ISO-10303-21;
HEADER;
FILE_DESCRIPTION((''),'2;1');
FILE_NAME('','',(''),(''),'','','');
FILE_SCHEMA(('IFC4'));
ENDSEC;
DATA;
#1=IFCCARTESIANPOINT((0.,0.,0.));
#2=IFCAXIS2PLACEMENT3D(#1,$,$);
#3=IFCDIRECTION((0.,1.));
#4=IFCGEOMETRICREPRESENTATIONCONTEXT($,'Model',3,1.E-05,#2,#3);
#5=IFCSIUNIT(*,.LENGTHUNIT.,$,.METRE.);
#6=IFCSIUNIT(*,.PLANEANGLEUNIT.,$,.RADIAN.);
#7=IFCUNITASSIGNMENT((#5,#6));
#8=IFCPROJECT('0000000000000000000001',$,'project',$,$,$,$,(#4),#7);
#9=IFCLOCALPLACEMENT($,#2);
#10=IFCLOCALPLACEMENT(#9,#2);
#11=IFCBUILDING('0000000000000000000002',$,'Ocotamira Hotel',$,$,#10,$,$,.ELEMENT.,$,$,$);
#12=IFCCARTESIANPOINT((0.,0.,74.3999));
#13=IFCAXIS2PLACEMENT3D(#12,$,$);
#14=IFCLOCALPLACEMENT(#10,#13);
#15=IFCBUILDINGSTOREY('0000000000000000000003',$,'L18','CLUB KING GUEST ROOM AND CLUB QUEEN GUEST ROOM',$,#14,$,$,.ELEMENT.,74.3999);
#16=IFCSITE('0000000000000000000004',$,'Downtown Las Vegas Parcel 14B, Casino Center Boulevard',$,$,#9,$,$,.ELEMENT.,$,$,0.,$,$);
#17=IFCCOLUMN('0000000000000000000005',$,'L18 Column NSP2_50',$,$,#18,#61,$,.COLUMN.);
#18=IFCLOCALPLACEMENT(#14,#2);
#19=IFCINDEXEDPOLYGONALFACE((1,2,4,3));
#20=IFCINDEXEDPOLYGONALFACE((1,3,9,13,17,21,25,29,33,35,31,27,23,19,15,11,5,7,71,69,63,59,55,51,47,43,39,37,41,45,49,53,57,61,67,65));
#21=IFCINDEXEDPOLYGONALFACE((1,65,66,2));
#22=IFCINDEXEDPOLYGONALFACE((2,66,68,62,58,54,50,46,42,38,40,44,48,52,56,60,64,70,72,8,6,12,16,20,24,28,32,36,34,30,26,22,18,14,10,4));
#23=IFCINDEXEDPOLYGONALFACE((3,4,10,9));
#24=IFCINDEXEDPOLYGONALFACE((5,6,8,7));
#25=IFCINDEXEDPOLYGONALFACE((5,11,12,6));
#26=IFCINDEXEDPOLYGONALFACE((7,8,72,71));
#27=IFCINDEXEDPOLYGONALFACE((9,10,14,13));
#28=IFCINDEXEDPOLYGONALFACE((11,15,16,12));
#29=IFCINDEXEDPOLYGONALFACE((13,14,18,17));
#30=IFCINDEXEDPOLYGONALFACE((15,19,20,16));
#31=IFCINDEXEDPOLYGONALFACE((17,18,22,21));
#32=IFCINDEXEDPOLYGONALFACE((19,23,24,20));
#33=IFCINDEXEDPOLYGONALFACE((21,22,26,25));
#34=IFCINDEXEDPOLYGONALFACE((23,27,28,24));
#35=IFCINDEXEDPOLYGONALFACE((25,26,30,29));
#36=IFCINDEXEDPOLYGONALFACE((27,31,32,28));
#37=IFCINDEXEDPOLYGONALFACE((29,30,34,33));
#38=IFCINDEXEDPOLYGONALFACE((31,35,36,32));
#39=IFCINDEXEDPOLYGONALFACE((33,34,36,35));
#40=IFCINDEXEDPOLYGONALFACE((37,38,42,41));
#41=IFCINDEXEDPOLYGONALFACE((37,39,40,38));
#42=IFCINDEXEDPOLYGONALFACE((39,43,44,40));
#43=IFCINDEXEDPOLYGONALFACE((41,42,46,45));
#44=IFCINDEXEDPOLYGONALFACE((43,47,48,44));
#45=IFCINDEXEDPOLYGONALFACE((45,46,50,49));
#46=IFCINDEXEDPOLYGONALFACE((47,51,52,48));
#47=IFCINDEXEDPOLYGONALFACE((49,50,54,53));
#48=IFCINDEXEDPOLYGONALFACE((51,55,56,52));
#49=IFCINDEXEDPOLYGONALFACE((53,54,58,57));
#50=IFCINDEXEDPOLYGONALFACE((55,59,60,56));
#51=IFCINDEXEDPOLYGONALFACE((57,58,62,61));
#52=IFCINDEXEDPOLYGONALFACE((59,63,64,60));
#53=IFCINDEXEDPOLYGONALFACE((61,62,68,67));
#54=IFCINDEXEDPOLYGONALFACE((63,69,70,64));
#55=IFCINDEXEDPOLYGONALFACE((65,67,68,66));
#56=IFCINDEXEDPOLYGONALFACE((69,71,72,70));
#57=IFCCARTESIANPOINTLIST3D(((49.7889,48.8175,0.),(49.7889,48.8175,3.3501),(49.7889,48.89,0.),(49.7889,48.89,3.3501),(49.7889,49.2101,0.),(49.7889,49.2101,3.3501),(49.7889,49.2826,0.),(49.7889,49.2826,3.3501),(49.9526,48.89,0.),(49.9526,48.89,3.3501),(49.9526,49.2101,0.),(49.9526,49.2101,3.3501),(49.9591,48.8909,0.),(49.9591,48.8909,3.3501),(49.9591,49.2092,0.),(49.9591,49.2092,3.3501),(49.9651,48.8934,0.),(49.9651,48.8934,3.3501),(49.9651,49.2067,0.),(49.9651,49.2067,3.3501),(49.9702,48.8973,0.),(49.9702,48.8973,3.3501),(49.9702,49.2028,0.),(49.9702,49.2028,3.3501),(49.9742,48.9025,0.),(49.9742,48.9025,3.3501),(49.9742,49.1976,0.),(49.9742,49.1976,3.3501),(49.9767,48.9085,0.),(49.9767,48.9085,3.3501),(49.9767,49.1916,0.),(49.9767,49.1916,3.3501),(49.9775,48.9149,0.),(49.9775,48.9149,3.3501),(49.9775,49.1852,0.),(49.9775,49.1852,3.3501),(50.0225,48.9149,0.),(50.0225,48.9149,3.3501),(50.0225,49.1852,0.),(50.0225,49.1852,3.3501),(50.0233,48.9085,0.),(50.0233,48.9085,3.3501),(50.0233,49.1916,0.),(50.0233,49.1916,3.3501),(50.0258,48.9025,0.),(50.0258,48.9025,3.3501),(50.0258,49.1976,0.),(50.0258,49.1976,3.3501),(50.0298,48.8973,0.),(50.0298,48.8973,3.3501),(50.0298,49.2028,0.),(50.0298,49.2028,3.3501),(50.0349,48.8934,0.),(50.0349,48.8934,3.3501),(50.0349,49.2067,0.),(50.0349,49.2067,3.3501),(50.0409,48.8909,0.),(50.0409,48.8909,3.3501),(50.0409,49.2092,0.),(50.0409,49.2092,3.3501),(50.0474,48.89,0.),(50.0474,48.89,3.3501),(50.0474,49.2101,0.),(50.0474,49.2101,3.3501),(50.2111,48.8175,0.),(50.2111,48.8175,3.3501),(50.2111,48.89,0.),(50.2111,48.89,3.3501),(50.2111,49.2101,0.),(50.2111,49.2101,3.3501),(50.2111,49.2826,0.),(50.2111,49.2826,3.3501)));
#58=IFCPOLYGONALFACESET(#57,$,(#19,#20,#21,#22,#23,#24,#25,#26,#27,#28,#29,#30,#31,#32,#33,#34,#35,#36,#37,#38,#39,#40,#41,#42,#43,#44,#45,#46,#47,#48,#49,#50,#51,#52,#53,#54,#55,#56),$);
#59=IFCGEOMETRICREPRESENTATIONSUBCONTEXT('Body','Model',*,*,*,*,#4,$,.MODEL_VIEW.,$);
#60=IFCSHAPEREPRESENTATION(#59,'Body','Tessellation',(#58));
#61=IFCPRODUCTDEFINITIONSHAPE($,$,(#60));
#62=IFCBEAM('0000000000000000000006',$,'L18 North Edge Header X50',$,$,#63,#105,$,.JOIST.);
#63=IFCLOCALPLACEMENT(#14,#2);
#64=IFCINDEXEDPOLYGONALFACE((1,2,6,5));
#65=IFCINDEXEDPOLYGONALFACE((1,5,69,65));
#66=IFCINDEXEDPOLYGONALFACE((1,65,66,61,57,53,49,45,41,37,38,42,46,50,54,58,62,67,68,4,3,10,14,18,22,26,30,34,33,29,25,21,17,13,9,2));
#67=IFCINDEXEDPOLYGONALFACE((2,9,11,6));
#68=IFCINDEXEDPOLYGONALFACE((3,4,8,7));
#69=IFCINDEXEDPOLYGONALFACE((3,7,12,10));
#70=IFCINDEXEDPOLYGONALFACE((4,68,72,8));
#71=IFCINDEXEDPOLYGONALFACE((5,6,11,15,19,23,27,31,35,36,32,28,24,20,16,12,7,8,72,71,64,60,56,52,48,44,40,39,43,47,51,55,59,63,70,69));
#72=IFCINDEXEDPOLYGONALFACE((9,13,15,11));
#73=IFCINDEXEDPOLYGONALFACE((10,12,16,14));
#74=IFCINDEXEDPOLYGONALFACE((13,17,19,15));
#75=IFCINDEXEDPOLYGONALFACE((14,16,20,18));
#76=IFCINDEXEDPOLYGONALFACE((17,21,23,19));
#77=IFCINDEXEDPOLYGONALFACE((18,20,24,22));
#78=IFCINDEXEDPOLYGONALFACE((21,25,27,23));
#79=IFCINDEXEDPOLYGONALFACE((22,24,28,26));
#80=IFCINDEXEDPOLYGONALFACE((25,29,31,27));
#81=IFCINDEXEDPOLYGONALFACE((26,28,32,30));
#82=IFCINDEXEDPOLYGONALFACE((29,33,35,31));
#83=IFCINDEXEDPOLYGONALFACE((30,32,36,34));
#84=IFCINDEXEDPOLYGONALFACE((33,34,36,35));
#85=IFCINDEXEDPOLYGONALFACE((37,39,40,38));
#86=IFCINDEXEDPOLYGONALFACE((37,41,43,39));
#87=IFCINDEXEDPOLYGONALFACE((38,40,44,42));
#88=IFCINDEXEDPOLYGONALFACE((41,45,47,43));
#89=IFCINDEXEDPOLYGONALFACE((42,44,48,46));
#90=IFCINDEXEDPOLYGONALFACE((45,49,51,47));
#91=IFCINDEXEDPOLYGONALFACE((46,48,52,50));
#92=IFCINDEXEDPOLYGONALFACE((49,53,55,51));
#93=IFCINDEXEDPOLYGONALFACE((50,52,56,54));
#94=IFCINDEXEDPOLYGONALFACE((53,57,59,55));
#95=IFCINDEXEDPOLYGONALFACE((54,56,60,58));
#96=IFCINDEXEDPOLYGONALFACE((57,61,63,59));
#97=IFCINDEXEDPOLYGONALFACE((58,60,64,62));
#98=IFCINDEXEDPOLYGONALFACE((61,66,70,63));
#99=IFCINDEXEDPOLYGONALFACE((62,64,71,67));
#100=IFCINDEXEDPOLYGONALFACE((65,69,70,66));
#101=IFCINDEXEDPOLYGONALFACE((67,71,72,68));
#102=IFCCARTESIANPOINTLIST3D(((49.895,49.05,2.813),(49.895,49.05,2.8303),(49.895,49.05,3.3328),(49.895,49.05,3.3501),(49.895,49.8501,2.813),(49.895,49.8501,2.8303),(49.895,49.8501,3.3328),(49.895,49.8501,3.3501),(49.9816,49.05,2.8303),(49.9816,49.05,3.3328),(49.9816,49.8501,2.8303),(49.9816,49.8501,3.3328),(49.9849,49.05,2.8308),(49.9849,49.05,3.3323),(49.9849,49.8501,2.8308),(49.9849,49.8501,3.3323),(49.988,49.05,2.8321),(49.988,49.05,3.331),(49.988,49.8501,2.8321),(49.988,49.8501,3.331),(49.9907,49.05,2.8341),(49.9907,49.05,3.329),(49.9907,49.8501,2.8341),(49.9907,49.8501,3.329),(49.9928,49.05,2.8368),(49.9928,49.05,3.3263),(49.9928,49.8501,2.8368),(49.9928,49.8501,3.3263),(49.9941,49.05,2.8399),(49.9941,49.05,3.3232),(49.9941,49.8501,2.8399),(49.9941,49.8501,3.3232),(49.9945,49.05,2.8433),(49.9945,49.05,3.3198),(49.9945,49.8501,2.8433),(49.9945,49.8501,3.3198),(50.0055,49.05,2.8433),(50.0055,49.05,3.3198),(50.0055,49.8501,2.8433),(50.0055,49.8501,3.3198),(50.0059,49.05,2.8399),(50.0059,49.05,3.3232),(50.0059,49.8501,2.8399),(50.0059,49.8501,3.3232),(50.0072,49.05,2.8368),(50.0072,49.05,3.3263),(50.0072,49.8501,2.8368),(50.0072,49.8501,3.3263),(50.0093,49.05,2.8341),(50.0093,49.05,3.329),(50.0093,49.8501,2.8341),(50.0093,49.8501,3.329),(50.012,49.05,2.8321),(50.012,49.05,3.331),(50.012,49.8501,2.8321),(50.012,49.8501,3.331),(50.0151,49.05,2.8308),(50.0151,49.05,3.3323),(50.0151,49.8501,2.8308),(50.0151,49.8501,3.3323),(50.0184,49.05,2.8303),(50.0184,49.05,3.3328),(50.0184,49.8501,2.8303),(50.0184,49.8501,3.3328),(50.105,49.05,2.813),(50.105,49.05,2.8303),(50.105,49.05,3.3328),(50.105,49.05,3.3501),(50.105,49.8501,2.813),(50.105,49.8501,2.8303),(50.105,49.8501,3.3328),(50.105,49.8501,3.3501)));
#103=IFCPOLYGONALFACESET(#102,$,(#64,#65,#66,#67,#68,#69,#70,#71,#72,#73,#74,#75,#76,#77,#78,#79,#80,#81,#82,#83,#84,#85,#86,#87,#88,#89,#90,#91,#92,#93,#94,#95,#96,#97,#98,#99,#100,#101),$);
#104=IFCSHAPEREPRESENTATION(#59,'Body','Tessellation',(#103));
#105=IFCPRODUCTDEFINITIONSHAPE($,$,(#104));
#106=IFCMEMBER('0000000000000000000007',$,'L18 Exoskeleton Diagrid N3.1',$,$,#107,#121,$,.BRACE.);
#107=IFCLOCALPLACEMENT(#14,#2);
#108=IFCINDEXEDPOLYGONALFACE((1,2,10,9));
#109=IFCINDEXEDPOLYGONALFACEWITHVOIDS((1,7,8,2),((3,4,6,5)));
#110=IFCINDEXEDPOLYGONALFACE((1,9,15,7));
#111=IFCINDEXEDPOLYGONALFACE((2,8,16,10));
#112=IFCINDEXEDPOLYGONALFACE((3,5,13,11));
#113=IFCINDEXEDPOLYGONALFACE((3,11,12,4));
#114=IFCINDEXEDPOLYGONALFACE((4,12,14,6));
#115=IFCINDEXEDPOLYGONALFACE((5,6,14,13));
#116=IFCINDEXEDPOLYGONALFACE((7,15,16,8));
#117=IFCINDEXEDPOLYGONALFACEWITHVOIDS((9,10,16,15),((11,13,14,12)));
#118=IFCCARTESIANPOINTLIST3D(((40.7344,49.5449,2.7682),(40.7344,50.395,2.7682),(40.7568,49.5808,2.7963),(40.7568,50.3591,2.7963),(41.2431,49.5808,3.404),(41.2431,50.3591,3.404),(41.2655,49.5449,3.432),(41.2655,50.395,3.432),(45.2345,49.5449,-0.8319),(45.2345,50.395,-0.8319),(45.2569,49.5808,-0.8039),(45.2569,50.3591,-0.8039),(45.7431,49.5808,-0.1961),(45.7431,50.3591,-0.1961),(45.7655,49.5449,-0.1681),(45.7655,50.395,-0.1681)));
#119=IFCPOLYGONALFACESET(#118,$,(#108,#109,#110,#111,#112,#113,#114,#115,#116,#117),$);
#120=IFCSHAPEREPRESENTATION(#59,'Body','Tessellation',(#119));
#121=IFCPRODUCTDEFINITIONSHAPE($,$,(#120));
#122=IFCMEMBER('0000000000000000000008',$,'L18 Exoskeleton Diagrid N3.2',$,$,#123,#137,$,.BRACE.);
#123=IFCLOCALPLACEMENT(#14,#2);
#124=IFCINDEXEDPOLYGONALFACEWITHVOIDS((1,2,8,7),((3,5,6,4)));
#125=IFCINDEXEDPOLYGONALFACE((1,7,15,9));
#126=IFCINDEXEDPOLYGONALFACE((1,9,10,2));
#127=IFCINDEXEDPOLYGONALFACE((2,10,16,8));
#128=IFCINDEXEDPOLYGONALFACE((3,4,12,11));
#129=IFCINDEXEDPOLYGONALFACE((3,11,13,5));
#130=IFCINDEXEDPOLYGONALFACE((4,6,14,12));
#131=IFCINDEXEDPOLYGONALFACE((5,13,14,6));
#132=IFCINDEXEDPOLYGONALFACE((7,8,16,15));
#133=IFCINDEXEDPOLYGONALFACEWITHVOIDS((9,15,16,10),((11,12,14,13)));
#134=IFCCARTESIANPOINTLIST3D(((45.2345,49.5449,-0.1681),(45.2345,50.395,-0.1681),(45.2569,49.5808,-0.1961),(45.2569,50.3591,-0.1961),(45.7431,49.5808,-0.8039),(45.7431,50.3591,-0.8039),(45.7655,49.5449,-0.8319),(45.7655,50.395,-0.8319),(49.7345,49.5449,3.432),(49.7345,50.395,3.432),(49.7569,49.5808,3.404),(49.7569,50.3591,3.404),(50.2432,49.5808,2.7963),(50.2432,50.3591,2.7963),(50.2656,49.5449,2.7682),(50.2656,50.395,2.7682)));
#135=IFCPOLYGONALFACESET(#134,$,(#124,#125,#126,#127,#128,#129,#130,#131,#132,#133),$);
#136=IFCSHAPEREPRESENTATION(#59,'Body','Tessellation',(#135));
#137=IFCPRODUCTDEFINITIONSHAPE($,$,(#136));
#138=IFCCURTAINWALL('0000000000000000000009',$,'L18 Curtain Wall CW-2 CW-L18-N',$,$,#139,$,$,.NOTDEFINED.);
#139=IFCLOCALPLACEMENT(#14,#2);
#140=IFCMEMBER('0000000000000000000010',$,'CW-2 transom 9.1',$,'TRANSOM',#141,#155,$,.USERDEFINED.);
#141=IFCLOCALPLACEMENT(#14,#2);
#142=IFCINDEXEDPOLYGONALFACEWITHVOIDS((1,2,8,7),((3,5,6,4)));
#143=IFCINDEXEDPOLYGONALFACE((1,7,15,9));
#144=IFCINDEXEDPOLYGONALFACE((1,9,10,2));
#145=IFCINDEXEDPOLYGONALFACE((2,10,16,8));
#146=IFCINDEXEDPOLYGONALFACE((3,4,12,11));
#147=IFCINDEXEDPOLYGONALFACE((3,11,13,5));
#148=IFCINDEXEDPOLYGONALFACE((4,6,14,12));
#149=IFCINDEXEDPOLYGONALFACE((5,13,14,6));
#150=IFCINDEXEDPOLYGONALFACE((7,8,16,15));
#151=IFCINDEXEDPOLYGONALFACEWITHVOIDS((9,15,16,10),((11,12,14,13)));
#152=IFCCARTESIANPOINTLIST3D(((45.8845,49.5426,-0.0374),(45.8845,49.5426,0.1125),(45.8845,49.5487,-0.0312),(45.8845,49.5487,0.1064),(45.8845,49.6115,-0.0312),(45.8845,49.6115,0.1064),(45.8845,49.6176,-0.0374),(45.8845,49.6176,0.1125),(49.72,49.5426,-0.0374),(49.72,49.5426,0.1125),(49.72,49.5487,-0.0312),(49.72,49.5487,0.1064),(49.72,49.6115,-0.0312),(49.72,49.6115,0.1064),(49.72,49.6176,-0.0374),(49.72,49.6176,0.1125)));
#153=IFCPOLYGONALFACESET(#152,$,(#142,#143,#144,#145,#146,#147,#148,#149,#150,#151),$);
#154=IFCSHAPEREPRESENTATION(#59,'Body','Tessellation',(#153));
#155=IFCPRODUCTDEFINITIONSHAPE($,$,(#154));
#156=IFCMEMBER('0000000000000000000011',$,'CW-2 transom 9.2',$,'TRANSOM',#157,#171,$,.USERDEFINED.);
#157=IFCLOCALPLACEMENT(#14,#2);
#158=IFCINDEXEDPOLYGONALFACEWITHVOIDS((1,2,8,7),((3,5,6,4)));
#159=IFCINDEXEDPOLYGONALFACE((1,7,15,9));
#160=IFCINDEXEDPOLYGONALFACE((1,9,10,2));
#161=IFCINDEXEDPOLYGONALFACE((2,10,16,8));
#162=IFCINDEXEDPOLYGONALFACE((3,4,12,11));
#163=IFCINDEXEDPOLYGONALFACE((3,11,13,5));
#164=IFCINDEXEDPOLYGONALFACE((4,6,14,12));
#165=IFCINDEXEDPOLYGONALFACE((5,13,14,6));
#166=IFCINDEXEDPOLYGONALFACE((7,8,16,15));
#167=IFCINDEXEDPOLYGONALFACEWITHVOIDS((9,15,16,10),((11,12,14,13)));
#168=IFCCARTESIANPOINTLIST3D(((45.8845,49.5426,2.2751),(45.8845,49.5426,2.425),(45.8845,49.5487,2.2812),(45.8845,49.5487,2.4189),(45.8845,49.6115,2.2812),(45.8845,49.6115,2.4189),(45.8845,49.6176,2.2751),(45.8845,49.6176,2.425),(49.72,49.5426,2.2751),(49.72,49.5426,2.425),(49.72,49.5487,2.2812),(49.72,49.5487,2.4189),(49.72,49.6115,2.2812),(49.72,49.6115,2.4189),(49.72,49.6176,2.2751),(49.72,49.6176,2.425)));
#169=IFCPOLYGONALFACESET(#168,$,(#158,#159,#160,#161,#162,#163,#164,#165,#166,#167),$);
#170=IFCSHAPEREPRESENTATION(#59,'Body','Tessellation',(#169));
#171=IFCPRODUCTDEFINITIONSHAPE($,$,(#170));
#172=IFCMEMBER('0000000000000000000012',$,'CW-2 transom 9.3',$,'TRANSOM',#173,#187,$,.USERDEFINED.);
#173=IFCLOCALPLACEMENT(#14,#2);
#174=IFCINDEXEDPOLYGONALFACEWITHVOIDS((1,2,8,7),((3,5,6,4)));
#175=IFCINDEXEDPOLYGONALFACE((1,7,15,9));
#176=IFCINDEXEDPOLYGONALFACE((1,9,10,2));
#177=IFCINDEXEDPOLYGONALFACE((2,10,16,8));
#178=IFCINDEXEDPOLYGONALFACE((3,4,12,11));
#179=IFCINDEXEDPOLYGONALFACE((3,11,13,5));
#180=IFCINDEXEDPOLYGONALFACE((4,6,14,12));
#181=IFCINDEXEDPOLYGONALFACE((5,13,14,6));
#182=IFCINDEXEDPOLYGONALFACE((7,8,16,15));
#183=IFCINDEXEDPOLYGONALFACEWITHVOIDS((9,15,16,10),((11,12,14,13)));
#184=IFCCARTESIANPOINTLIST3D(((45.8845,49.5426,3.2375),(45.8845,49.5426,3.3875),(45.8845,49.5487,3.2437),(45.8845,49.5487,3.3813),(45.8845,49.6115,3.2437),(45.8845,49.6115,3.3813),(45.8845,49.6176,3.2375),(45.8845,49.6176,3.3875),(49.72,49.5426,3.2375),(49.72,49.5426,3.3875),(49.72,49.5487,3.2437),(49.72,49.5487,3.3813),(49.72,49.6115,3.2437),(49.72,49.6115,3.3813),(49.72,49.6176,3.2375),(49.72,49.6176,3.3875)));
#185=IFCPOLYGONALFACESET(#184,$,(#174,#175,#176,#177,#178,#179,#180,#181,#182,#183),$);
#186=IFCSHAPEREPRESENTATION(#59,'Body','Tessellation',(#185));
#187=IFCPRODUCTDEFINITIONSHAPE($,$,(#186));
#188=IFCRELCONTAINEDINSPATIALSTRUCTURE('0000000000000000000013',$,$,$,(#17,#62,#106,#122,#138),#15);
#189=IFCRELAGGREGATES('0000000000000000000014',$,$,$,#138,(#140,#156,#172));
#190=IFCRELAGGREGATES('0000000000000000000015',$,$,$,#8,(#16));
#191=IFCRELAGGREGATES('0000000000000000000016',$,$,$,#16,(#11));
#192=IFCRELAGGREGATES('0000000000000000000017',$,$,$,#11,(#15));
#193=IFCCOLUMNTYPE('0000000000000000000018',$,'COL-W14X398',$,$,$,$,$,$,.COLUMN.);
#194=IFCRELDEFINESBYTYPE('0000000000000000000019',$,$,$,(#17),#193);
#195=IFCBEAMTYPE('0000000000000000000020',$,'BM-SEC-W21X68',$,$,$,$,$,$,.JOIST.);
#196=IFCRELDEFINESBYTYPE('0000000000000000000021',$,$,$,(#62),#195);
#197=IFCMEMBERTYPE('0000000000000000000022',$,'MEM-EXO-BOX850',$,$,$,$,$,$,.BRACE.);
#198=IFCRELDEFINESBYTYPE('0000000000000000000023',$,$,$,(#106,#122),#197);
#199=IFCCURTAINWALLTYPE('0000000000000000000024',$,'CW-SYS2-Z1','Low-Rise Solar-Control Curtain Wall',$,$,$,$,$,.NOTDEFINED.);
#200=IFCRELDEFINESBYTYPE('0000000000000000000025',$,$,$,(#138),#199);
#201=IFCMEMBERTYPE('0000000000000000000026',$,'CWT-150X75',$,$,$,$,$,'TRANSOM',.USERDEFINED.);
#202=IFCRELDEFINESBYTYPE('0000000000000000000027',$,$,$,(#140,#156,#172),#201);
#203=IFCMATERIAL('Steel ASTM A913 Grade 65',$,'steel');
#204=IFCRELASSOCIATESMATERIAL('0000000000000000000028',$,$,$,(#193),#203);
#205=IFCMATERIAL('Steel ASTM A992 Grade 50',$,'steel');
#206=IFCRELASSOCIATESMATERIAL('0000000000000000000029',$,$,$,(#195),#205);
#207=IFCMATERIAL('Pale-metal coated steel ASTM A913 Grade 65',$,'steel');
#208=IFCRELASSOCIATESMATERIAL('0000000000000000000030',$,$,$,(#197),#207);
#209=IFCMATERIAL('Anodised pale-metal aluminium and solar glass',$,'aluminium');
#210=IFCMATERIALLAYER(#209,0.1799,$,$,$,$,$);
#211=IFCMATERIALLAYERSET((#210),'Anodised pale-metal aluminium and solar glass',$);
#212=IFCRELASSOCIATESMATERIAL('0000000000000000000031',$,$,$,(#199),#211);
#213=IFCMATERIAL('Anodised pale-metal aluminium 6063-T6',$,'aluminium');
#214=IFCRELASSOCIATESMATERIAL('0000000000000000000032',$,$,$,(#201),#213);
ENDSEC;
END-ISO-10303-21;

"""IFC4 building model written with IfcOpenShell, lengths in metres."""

from ifc_helpers import new_model, si_unit, direction, frame, origin, origin_2d, place, context, subcontext, project, spatial, hollow_rectangle, i_section, extrude, source, transform, mapped, material, layer, layer_set, material_profile, profile_set, type_object, element, aggregate, save


model = new_model("IFC4")

# Units and contexts
model_context = context("Model", 3, precision=1e-05, world=origin(), true_north=direction((0.0, 1.0)))
body_context = subcontext(model_context, "Body", "Model", "MODEL_VIEW")
ifc_project = project(units=[si_unit("LENGTHUNIT", "METRE"), si_unit("PLANEANGLEUNIT", "RADIAN")], contexts=[model_context])

# Site, building, storey
site_placement = place(None, origin())
site = spatial("IfcSite", under=ifc_project, at=site_placement, Name="Downtown Las Vegas Parcel 14B, Casino Center Boulevard", CompositionType="ELEMENT", RefElevation=0.0)
building_placement = place(site_placement, origin())
building = spatial("IfcBuilding", under=site, at=building_placement, Name="Ocotamira Hotel", CompositionType="ELEMENT")
storey_placement = place(building_placement, frame((0.0, 0.0, 74.3999)))
storey = spatial("IfcBuildingStorey", under=building, at=storey_placement, Name="L18", Description="CLUB KING GUEST ROOM AND CLUB QUEEN GUEST ROOM", CompositionType="ELEMENT", Elevation=74.3999)

# Column
ifc_material_1 = material(Name="Steel ASTM A913 Grade 65", Category="steel")
ifc_material_profile_1 = material_profile(ifc_material_1, i_section(OverallWidth=0.4221, OverallDepth=0.4651, WebThickness=0.0449, FlangeThickness=0.0725, FilletRadius=0.0249, at=origin_2d()), Name="W14X398")
ifc_profile_set_1 = profile_set([ifc_material_profile_1], Name="Steel ASTM A913 Grade 65")
column_type = type_object("IfcColumnType", Name="COL-W14X398", PredefinedType="COLUMN", material=ifc_profile_set_1)
shared_shape_1 = source(origin(), body_context, "Body", "SweptSolid", [
    extrude(i_section(OverallWidth=0.4221, OverallDepth=0.4651, WebThickness=0.0449, FlangeThickness=0.0725, FilletRadius=0.0249, at=origin_2d()), origin(), (0.0, 0.0, 1.0), 3.3501),
])
column_placement = place(storey_placement, frame((50.0, 49.05, 0.0), z_axis=(0.0, 0.0, 1.0), x_axis=(1.0, 0.0, 0.0)))
element("IfcColumn", 1, at=column_placement, inside=storey, type_object=column_type, Name="L18 Column NSP2_50", PredefinedType="COLUMN", context=body_context, shape_type="MappedRepresentation", body=[
    mapped(shared_shape_1, transform((0.0, 0.0, 0.0), scale=1.0)),
])

# Beam
ifc_material_2 = material(Name="Steel ASTM A992 Grade 50", Category="steel")
ifc_material_profile_2 = material_profile(ifc_material_2, i_section(OverallWidth=0.21, OverallDepth=0.5371, WebThickness=0.011, FlangeThickness=0.0173, FilletRadius=0.0129, at=origin_2d()), Name="W21X68")
ifc_profile_set_2 = profile_set([ifc_material_profile_2], Name="Steel ASTM A992 Grade 50")
beam_type = type_object("IfcBeamType", Name="BM-SEC-W21X68", PredefinedType="JOIST", material=ifc_profile_set_2)
shared_shape_2 = source(origin(), body_context, "Body", "SweptSolid", [
    extrude(i_section(OverallWidth=0.21, OverallDepth=0.5371, WebThickness=0.011, FlangeThickness=0.0173, FilletRadius=0.0129, at=origin_2d()), origin(), (0.0, 0.0, 1.0), 0.8),
])
beam_placement = place(storey_placement, frame((50.0, 49.05, 3.0815), z_axis=(0.0, 1.0, 0.0), x_axis=(-1.0, 0.0, 0.0)))
element("IfcBeam", 2, at=beam_placement, inside=storey, type_object=beam_type, Name="L18 North Edge Header X50", PredefinedType="JOIST", context=body_context, shape_type="MappedRepresentation", body=[
    mapped(shared_shape_2, transform((0.0, 0.0, 0.0), scale=1.0)),
])

# Members
ifc_material_3 = material(Name="Pale-metal coated steel ASTM A913 Grade 65", Category="steel")
ifc_material_profile_3 = material_profile(ifc_material_3, hollow_rectangle(XDim=0.8501, YDim=0.8501, WallThickness=0.0359, at=origin_2d()), Name="BOX850X850X36")
ifc_profile_set_3 = profile_set([ifc_material_profile_3], Name="Pale-metal coated steel ASTM A913 Grade 65")
member_type_1 = type_object("IfcMemberType", Name="MEM-EXO-BOX850", PredefinedType="BRACE", material=ifc_profile_set_3)
shared_shape_3 = source(origin(), body_context, "Body", "SweptSolid", [
    extrude(hollow_rectangle(XDim=0.8501, YDim=0.8501, WallThickness=0.0359, at=origin_2d()), origin(), (0.0, 0.0, 1.0), 5.7629),
])
for number, where, z_axis, x_axis, name in (
    (3, (45.5, 49.97, -0.5), (-0.780861, 0.0, 0.624705), (0.0, -1.0, 0.0), "L18 Exoskeleton Diagrid N3.1"),
    (4, (45.5, 49.97, -0.5), (0.780861, 0.0, 0.624705), (0.0, 1.0, 0.0), "L18 Exoskeleton Diagrid N3.2"),
):
    element("IfcMember", number, at=place(storey_placement, frame(where, z_axis=z_axis, x_axis=x_axis)), inside=storey, type_object=member_type_1, Name=name, PredefinedType="BRACE", context=body_context, shape_type="MappedRepresentation", body=[
        mapped(shared_shape_3, transform((0.0, 0.0, 0.0), scale=1.0)),
    ])

# Curtain wall, members
ifc_material_4 = material(Name="Anodised pale-metal aluminium and solar glass", Category="aluminium")
ifc_layer_1 = layer(ifc_material_4, 0.1799)
ifc_layer_set_1 = layer_set([ifc_layer_1], Name="Anodised pale-metal aluminium and solar glass")
curtain_wall_type = type_object("IfcCurtainWallType", Name="CW-SYS2-Z1", Description="Low-Rise Solar-Control Curtain Wall", PredefinedType="NOTDEFINED", material=ifc_layer_set_1)
curtain_wall_placement = place(storey_placement, origin())
curtain_wall = element("IfcCurtainWall", 5, at=curtain_wall_placement, inside=storey, type_object=curtain_wall_type, Name="L18 Curtain Wall CW-2 CW-L18-N", PredefinedType="NOTDEFINED")
ifc_material_5 = material(Name="Anodised pale-metal aluminium 6063-T6", Category="aluminium")
ifc_material_profile_4 = material_profile(ifc_material_5, hollow_rectangle(XDim=0.075, YDim=0.1499, WallThickness=0.0061, at=origin_2d()), Name="HSS150X75X6")
ifc_profile_set_4 = profile_set([ifc_material_profile_4], Name="Anodised pale-metal aluminium 6063-T6")
member_type_2 = type_object("IfcMemberType", Name="CWT-150X75", ElementType="TRANSOM", PredefinedType="USERDEFINED", material=ifc_profile_set_4)
shared_shape_4 = source(origin(), body_context, "Body", "SweptSolid", [
    extrude(hollow_rectangle(XDim=0.075, YDim=0.1499, WallThickness=0.0061, at=origin_2d()), origin(), (0.0, 0.0, 1.0), 3.8354),
])
member_1_placement = place(storey_placement, frame((45.8845, 49.5801, 0.0376), z_axis=(1.0, 0.0, 0.0), x_axis=(0.0, 1.0, 0.0)))
member_1 = element("IfcMember", 6, at=member_1_placement, type_object=member_type_2, Name="CW-2 transom 9.1", ObjectType="TRANSOM", PredefinedType="USERDEFINED", context=body_context, shape_type="MappedRepresentation", body=[
    mapped(shared_shape_4, transform((0.0, 0.0, 0.0), scale=1.0)),
])
member_2_placement = place(storey_placement, frame((45.8845, 49.5801, 2.3501), z_axis=(1.0, 0.0, 0.0), x_axis=(0.0, 1.0, 0.0)))
member_2 = element("IfcMember", 7, at=member_2_placement, type_object=member_type_2, Name="CW-2 transom 9.2", ObjectType="TRANSOM", PredefinedType="USERDEFINED", context=body_context, shape_type="MappedRepresentation", body=[
    mapped(shared_shape_4, transform((0.0, 0.0, 0.0), scale=1.0)),
])
member_3_placement = place(storey_placement, frame((45.8845, 49.5801, 3.3125), z_axis=(1.0, 0.0, 0.0), x_axis=(0.0, 1.0, 0.0)))
member_3 = element("IfcMember", 8, at=member_3_placement, type_object=member_type_2, Name="CW-2 transom 9.3", ObjectType="TRANSOM", PredefinedType="USERDEFINED", context=body_context, shape_type="MappedRepresentation", body=[
    mapped(shared_shape_4, transform((0.0, 0.0, 0.0), scale=1.0)),
])

aggregate(curtain_wall, [member_1, member_2, member_3])

save(model, "model.ifc")
